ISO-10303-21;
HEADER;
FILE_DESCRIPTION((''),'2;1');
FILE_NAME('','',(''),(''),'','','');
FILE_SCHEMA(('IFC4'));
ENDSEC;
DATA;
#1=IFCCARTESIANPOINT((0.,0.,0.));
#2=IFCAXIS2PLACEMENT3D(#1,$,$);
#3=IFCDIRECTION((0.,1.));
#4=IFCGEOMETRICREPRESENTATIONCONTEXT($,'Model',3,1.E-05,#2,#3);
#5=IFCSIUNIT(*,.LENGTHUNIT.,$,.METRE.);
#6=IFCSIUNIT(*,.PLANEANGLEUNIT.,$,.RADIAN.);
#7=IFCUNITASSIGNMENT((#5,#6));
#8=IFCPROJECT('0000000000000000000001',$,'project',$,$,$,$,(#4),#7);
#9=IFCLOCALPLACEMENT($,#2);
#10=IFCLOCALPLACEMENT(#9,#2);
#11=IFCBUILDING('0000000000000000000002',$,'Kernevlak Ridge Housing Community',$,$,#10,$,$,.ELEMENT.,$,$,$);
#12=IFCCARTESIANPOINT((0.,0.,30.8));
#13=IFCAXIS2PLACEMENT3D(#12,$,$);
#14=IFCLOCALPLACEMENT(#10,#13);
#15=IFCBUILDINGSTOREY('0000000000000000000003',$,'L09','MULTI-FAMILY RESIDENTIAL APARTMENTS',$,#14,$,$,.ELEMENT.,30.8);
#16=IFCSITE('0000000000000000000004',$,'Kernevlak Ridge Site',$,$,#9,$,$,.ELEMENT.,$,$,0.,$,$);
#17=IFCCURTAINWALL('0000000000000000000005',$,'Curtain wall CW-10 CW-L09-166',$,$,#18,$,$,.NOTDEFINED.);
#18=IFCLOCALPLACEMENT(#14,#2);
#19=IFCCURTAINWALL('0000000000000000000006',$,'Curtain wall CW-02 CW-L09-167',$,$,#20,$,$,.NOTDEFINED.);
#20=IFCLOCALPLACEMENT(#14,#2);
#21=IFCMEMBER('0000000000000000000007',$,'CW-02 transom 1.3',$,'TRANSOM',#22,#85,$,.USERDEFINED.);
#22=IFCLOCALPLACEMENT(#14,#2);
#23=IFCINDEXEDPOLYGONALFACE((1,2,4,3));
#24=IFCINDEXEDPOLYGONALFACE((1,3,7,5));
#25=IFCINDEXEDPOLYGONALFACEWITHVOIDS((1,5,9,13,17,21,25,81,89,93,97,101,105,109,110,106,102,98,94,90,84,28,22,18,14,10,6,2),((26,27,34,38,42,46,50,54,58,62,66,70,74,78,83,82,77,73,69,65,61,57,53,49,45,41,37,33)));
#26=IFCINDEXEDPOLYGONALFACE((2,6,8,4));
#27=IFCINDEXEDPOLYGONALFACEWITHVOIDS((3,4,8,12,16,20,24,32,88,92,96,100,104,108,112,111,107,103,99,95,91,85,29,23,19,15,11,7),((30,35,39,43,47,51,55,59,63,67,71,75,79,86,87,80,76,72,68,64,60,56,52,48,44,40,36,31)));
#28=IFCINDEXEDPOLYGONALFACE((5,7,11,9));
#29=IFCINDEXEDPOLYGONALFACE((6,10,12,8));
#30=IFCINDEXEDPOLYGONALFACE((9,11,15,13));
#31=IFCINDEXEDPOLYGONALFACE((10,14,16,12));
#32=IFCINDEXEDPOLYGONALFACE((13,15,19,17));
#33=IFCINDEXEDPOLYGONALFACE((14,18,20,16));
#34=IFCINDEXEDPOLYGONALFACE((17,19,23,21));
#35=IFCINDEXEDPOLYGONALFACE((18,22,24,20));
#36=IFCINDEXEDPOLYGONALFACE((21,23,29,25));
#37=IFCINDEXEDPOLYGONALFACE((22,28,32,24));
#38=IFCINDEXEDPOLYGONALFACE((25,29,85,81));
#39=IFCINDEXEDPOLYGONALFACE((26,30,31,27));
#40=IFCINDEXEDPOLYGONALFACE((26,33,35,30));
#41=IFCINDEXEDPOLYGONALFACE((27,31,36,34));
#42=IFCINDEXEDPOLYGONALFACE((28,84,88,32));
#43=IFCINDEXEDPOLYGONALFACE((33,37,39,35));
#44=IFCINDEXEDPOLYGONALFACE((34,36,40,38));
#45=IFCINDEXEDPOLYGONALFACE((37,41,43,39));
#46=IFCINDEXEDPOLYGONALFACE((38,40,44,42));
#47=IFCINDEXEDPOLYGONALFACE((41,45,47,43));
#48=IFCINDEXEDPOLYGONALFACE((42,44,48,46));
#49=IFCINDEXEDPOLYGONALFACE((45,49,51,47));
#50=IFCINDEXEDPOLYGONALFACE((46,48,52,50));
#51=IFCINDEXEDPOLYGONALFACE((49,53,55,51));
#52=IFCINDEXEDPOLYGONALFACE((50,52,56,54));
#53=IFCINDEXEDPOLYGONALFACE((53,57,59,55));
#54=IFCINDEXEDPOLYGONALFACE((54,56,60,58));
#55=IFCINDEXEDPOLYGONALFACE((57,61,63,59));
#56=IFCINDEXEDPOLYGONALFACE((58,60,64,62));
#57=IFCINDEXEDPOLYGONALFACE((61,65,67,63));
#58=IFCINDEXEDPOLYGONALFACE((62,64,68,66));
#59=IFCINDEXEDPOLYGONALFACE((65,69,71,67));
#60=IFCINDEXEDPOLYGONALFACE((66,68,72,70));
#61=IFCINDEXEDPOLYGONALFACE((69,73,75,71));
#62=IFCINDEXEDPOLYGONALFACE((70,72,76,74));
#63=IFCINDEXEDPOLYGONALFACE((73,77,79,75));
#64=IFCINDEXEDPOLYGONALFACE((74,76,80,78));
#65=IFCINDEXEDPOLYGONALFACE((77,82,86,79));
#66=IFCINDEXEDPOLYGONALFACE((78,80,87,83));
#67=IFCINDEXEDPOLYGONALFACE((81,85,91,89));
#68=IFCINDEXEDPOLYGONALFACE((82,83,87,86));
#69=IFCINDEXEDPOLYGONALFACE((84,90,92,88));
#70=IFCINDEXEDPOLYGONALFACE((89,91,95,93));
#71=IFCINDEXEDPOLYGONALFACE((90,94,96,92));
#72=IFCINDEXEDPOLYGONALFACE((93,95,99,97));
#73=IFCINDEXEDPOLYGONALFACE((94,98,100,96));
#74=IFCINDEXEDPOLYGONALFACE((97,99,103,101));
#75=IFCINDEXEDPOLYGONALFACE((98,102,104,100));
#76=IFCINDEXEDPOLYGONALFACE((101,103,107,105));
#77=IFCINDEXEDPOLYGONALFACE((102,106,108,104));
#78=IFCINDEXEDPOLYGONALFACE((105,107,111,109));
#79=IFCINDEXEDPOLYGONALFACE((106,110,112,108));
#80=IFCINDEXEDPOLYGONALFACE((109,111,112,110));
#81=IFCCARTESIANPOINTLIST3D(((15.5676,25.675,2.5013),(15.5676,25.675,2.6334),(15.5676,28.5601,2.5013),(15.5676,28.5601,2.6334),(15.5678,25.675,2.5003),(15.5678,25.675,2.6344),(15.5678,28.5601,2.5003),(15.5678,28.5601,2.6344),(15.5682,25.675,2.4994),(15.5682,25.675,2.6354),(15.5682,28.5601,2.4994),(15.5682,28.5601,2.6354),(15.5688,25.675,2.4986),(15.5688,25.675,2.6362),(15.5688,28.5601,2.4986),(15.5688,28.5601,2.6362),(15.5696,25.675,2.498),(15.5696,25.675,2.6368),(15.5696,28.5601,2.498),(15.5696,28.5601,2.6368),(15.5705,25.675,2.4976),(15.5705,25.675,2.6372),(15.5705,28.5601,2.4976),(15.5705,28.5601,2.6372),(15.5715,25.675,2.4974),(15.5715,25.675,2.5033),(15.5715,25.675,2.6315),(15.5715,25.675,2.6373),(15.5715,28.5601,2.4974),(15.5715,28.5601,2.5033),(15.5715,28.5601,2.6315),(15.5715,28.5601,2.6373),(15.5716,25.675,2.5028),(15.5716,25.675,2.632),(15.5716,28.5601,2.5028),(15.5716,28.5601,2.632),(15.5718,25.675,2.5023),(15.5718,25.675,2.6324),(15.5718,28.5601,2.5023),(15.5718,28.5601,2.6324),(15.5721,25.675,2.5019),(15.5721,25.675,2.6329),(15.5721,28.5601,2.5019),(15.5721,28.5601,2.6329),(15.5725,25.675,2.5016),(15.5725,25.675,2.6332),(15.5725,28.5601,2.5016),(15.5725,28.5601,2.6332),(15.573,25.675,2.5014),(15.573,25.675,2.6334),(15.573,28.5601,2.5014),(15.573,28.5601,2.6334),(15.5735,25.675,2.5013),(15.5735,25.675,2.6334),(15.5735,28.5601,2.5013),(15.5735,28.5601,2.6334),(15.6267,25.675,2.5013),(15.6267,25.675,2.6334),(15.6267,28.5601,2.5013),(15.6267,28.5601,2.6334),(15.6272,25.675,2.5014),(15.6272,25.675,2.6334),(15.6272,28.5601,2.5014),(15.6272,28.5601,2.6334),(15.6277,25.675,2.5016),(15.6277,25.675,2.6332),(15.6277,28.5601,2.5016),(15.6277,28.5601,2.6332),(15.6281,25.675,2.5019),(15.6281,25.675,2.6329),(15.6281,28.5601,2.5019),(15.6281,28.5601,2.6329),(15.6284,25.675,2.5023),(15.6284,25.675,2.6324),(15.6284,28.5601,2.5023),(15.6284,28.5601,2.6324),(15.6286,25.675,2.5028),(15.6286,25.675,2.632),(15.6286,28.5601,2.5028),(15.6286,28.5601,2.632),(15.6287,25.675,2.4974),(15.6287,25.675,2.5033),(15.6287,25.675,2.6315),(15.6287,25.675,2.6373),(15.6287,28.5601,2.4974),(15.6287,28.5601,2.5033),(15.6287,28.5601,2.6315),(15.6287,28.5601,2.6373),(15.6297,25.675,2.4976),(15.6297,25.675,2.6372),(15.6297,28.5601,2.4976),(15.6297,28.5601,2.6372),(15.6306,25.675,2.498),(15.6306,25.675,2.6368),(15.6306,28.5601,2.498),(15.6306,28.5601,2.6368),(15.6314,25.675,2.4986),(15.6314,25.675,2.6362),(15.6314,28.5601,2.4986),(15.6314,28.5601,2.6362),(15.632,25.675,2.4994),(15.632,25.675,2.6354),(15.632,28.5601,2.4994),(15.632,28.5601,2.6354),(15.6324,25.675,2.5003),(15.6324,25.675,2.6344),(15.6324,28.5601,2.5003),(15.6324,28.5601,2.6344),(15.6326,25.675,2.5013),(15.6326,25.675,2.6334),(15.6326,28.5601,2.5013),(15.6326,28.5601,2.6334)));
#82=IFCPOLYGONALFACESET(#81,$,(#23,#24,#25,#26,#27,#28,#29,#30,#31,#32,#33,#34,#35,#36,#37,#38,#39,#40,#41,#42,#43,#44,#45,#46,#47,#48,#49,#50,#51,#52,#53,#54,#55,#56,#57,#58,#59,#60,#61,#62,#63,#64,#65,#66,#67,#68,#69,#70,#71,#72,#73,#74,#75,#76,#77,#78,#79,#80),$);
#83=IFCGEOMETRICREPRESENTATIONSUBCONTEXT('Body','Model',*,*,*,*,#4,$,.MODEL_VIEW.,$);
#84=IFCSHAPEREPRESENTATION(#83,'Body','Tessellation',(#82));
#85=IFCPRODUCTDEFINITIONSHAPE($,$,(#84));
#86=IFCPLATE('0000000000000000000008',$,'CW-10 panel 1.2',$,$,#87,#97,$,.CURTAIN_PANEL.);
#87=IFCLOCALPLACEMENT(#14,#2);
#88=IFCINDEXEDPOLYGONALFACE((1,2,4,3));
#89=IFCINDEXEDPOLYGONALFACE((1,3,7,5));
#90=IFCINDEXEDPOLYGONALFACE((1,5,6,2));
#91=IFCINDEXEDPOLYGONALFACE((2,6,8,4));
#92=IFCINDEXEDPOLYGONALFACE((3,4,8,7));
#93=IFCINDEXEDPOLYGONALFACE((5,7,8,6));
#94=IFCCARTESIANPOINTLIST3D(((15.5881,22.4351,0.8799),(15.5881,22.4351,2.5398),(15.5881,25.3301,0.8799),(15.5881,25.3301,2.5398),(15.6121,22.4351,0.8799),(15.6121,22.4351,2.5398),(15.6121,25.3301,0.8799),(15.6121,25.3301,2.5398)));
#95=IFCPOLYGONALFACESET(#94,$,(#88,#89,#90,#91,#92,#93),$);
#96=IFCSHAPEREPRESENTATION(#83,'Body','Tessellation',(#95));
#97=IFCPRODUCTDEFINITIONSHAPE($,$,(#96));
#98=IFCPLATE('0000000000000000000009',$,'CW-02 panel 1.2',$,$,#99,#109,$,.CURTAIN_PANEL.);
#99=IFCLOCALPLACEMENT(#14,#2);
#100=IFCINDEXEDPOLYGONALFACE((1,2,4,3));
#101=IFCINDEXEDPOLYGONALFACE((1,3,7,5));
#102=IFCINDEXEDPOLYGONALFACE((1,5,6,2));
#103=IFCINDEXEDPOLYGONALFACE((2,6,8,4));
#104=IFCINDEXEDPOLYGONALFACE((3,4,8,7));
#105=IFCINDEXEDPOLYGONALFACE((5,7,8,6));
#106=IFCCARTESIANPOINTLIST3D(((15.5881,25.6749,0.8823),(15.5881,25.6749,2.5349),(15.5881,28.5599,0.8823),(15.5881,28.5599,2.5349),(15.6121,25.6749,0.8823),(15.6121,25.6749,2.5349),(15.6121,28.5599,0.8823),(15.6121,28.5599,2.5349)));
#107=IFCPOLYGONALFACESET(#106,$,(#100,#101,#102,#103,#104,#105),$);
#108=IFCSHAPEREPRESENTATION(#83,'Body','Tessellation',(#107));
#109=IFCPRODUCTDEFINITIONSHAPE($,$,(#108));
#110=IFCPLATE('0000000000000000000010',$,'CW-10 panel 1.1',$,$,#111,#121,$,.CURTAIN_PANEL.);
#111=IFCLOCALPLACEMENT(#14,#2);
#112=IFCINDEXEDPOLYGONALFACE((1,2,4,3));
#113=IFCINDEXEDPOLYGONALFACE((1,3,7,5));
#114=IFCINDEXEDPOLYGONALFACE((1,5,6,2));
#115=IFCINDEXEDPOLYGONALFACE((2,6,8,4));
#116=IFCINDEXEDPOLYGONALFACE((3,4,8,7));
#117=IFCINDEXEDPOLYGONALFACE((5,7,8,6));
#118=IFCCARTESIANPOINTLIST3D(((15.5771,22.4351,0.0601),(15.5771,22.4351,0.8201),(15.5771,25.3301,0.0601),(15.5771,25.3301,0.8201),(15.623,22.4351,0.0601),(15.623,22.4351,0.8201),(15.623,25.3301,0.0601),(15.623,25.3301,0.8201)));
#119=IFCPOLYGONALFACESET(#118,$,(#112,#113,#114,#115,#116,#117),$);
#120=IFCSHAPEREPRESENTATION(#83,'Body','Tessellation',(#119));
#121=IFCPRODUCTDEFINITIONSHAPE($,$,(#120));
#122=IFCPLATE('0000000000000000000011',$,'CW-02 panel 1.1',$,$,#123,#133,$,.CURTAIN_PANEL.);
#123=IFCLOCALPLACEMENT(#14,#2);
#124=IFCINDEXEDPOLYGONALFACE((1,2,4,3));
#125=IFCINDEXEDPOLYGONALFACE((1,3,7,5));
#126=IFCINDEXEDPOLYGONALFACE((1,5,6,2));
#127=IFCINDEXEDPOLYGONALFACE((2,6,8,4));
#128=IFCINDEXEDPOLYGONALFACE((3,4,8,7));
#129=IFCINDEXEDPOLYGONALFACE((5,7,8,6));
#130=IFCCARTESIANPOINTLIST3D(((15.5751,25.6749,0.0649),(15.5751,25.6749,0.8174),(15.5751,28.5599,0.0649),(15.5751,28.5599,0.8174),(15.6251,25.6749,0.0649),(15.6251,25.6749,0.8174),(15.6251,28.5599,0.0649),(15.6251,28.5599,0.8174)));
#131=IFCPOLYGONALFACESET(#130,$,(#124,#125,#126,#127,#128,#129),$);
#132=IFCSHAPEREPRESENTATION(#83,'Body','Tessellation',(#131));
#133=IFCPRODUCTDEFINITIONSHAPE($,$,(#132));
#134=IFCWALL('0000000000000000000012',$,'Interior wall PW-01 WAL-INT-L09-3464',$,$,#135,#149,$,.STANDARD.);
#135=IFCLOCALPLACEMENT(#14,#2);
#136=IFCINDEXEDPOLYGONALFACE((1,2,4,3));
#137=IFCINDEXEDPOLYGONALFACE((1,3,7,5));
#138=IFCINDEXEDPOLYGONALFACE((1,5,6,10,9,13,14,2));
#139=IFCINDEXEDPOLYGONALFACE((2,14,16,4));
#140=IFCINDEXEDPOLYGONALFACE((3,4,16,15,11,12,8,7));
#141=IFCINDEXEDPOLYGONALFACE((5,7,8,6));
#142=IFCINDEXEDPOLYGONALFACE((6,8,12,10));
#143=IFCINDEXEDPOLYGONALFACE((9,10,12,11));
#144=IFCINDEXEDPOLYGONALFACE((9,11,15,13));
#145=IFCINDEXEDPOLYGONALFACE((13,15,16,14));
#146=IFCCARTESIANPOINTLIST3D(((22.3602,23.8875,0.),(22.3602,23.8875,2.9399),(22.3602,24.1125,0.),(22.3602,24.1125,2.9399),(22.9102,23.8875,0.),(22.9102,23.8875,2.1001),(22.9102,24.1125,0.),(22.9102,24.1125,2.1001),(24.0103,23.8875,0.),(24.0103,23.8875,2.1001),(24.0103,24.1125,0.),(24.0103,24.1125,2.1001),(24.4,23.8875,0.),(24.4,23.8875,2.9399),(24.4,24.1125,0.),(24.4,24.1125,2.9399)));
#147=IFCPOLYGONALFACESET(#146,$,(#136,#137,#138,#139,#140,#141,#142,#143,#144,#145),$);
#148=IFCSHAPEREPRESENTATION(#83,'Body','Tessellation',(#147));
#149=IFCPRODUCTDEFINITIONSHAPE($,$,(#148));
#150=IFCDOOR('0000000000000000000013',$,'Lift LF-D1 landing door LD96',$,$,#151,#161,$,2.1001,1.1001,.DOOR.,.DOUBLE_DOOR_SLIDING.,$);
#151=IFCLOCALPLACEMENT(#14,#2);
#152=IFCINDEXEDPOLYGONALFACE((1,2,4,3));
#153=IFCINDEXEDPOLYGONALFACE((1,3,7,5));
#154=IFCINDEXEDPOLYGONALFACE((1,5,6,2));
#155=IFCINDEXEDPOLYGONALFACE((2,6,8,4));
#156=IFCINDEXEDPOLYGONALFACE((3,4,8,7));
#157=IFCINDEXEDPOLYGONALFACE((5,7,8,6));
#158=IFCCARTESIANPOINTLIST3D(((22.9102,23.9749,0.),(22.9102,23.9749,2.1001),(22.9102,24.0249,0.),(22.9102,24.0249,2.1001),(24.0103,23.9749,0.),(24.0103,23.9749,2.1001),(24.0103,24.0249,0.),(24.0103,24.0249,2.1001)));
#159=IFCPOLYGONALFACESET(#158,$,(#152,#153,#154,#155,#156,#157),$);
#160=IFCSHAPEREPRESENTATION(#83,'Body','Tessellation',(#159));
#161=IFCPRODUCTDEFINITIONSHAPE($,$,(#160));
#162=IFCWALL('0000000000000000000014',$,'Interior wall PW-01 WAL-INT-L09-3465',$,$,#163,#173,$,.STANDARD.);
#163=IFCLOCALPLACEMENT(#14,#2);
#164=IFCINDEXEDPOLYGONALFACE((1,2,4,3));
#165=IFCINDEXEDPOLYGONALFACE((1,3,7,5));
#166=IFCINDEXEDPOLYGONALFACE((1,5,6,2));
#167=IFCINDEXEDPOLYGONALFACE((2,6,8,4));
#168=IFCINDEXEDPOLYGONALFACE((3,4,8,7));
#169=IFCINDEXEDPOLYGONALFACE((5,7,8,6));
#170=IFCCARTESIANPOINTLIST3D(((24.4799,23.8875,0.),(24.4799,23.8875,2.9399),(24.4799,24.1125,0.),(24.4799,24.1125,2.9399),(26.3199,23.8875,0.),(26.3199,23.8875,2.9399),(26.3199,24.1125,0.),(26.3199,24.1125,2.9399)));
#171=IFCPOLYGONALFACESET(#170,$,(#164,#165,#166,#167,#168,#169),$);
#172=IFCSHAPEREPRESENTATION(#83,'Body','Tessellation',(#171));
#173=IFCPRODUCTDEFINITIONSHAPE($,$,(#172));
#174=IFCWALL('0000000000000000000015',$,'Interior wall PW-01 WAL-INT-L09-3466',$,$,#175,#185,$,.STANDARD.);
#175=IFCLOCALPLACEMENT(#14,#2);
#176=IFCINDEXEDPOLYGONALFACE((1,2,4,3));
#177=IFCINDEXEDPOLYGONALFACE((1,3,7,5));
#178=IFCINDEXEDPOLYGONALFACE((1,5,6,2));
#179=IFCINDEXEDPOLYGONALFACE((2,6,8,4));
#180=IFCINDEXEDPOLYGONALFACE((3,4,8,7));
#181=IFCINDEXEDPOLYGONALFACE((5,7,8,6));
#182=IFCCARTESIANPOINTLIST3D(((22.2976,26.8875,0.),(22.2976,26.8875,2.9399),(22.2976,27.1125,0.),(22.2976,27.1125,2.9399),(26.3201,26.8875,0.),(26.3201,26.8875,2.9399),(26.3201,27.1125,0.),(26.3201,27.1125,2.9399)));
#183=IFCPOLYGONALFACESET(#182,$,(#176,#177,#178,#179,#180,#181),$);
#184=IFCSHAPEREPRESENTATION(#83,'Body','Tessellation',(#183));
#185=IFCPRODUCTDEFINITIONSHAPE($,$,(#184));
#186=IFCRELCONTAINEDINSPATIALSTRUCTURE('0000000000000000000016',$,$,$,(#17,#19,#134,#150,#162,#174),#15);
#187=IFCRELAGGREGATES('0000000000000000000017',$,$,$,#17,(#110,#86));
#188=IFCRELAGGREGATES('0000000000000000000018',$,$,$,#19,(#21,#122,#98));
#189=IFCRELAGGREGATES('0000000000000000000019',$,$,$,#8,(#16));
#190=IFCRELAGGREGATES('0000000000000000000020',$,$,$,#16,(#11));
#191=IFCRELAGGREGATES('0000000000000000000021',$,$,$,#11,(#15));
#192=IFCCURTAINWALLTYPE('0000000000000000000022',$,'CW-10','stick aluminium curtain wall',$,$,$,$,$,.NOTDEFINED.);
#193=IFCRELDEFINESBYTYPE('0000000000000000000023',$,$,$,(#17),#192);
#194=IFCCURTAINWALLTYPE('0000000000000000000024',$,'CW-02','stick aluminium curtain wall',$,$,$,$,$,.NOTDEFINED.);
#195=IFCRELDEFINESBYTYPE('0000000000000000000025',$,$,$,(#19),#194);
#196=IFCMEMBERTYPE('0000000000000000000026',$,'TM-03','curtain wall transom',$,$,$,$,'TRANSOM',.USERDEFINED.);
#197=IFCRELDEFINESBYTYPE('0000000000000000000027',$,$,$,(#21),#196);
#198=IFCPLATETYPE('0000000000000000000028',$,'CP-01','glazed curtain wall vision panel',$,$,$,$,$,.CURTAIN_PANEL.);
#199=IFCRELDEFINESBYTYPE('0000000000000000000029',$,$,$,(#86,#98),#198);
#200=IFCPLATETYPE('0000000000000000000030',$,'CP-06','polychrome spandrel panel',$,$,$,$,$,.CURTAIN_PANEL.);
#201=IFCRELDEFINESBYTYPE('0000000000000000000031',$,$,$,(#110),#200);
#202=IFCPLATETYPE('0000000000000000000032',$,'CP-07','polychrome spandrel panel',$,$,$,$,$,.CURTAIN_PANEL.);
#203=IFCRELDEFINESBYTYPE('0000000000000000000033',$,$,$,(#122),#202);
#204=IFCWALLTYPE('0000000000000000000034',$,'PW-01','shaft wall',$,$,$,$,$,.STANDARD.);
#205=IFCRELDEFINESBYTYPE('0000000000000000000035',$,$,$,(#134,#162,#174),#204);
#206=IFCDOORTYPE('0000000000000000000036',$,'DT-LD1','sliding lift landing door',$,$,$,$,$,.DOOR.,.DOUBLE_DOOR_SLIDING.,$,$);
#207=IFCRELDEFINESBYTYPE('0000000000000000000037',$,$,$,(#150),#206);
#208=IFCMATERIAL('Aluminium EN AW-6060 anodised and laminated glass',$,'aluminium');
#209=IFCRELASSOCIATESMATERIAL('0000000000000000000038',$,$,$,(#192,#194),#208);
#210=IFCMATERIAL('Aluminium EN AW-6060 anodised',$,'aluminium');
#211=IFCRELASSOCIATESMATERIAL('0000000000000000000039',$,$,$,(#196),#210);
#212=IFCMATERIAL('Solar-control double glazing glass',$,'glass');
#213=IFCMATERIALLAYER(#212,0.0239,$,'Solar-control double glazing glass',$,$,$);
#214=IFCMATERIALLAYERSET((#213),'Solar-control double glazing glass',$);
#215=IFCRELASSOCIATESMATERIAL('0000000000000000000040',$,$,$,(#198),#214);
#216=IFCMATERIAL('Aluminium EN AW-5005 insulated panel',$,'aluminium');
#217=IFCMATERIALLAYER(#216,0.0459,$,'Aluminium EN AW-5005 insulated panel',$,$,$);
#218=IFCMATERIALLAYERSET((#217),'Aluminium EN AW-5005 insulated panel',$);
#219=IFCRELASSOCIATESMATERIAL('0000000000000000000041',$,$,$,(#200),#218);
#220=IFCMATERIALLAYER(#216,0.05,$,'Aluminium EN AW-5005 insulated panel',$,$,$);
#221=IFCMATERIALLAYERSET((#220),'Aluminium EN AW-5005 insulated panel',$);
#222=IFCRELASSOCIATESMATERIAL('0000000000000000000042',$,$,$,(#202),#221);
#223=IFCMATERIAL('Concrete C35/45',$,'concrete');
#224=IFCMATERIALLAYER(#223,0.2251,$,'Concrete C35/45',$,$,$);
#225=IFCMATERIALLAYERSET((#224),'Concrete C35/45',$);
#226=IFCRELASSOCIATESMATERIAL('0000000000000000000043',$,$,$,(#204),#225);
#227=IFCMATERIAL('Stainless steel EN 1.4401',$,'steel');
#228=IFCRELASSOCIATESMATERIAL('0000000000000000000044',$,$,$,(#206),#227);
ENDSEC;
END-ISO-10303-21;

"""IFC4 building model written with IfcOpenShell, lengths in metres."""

from ifc_helpers import new_model, si_unit, direction, frame, frame_2d, origin, origin_2d, place, context, subcontext, project, spatial, rectangle, hollow_rectangle, extrude, material, layer, layer_set, material_profile, profile_set, type_object, element, fill, aggregate, save


model = new_model("IFC4")

# Units and contexts
model_context = context("Model", 3, precision=1e-05, world=origin(), true_north=direction((0.0, 1.0)))
body_context = subcontext(model_context, "Body", "Model", "MODEL_VIEW")
ifc_project = project(units=[si_unit("LENGTHUNIT", "METRE"), si_unit("PLANEANGLEUNIT", "RADIAN")], contexts=[model_context])

# Site, building, storey
site_placement = place(None, origin())
site = spatial("IfcSite", under=ifc_project, at=site_placement, Name="Kernevlak Ridge Site", CompositionType="ELEMENT", RefElevation=0.0)
building_placement = place(site_placement, origin())
building = spatial("IfcBuilding", under=site, at=building_placement, Name="Kernevlak Ridge Housing Community", CompositionType="ELEMENT")
storey_placement = place(building_placement, frame((0.0, 0.0, 30.8)))
storey = spatial("IfcBuildingStorey", under=building, at=storey_placement, Name="L09", Description="MULTI-FAMILY RESIDENTIAL APARTMENTS", CompositionType="ELEMENT", Elevation=30.8)

# Shared definitions
ifc_material_1 = material(Name="Concrete C35/45", Category="concrete")

# Curtain wall
ifc_material_2 = material(Name="Aluminium EN AW-6060 anodised and laminated glass", Category="aluminium")
curtain_wall_type_1 = type_object("IfcCurtainWallType", Name="CW-10", Description="stick aluminium curtain wall", PredefinedType="NOTDEFINED", material=ifc_material_2)
curtain_wall_1_placement = place(storey_placement, origin())
curtain_wall_1 = element("IfcCurtainWall", 1, at=curtain_wall_1_placement, inside=storey, type_object=curtain_wall_type_1, Name="Curtain wall CW-10 CW-L09-166", PredefinedType="NOTDEFINED")
ifc_material_3 = material(Name="Aluminium EN AW-6060 anodised", Category="aluminium")

# Curtain wall
curtain_wall_type_2 = type_object("IfcCurtainWallType", Name="CW-02", Description="stick aluminium curtain wall", PredefinedType="NOTDEFINED", material=ifc_material_2)
curtain_wall_2_placement = place(storey_placement, origin())
curtain_wall_2 = element("IfcCurtainWall", 2, at=curtain_wall_2_placement, inside=storey, type_object=curtain_wall_type_2, Name="Curtain wall CW-02 CW-L09-167", PredefinedType="NOTDEFINED")

# Member
ifc_material_profile_1 = material_profile(ifc_material_3, hollow_rectangle(XDim=0.0649, YDim=0.1399, WallThickness=0.0039, InnerFilletRadius=0.002, OuterFilletRadius=0.0039, at=origin_2d()), Name="ALU 65x140x4")
ifc_profile_set_1 = profile_set([ifc_material_profile_1], Name="Aluminium EN AW-6060 anodised")
member_type_1 = type_object("IfcMemberType", Name="TM-03", Description="curtain wall transom", ElementType="TRANSOM", PredefinedType="USERDEFINED", material=ifc_profile_set_1)
member_1_placement = place(storey_placement, frame((15.6001, 25.675, 2.5674), z_axis=(0.0, 1.0, 0.0), x_axis=(-1.0, 0.0, 0.0)))
member_1 = element("IfcMember", 3, at=member_1_placement, type_object=member_type_1, Name="CW-02 transom 1.3", ObjectType="TRANSOM", PredefinedType="USERDEFINED", context=body_context, shape_type="SweptSolid", body=[
    extrude(hollow_rectangle(XDim=0.0649, YDim=0.1399, WallThickness=0.0039, InnerFilletRadius=0.002, OuterFilletRadius=0.0039, at=origin_2d()), origin(), (0.0, 0.0, 1.0), 2.885),
])

# Plates
ifc_material_4 = material(Name="Solar-control double glazing glass", Category="glass")
ifc_layer_1 = layer(ifc_material_4, 0.0239, Name="Solar-control double glazing glass")
ifc_layer_set_1 = layer_set([ifc_layer_1], Name="Solar-control double glazing glass")
plate_type_1 = type_object("IfcPlateType", Name="CP-01", Description="glazed curtain wall vision panel", PredefinedType="CURTAIN_PANEL", material=ifc_layer_set_1)
plate_1_placement = place(storey_placement, frame((15.6001, 23.8826, 0.8799), z_axis=(0.0, 0.0, 1.0), x_axis=(0.0, 1.0, 0.0)))
plate_1 = element("IfcPlate", 4, at=plate_1_placement, type_object=plate_type_1, Name="CW-10 panel 1.2", PredefinedType="CURTAIN_PANEL", context=body_context, shape_type="SweptSolid", body=[
    extrude(rectangle(XDim=2.895, YDim=0.0239, at=origin_2d()), origin(), (0.0, 0.0, 1.0), 1.6599),
])
plate_2_placement = place(storey_placement, frame((15.6001, 27.1174, 0.8823), z_axis=(0.0, 0.0, 1.0), x_axis=(0.0, 1.0, 0.0)))
plate_2 = element("IfcPlate", 5, at=plate_2_placement, type_object=plate_type_1, Name="CW-02 panel 1.2", PredefinedType="CURTAIN_PANEL", context=body_context, shape_type="SweptSolid", body=[
    extrude(rectangle(XDim=2.885, YDim=0.0239, at=origin_2d()), origin(), (0.0, 0.0, 1.0), 1.6526),
])
ifc_material_5 = material(Name="Aluminium EN AW-5005 insulated panel", Category="aluminium")
ifc_layer_2 = layer(ifc_material_5, 0.0459, Name="Aluminium EN AW-5005 insulated panel")
ifc_layer_set_2 = layer_set([ifc_layer_2], Name="Aluminium EN AW-5005 insulated panel")
plate_type_2 = type_object("IfcPlateType", Name="CP-06", Description="polychrome spandrel panel", PredefinedType="CURTAIN_PANEL", material=ifc_layer_set_2)
plate_3_placement = place(storey_placement, frame((15.6001, 23.8826, 0.0601), z_axis=(0.0, 0.0, 1.0), x_axis=(0.0, 1.0, 0.0)))
plate_3 = element("IfcPlate", 6, at=plate_3_placement, type_object=plate_type_2, Name="CW-10 panel 1.1", PredefinedType="CURTAIN_PANEL", context=body_context, shape_type="SweptSolid", body=[
    extrude(rectangle(XDim=2.895, YDim=0.0459, at=origin_2d()), origin(), (0.0, 0.0, 1.0), 0.76),
])
aggregate(curtain_wall_1, [plate_3, plate_1])
ifc_layer_3 = layer(ifc_material_5, 0.05, Name="Aluminium EN AW-5005 insulated panel")
ifc_layer_set_3 = layer_set([ifc_layer_3], Name="Aluminium EN AW-5005 insulated panel")
plate_type_3 = type_object("IfcPlateType", Name="CP-07", Description="polychrome spandrel panel", PredefinedType="CURTAIN_PANEL", material=ifc_layer_set_3)
plate_4_placement = place(storey_placement, frame((15.6001, 27.1174, 0.0649), z_axis=(0.0, 0.0, 1.0), x_axis=(0.0, 1.0, 0.0)))
plate_4 = element("IfcPlate", 7, at=plate_4_placement, type_object=plate_type_3, Name="CW-02 panel 1.1", PredefinedType="CURTAIN_PANEL", context=body_context, shape_type="SweptSolid", body=[
    extrude(rectangle(XDim=2.885, YDim=0.05, at=origin_2d()), origin(), (0.0, 0.0, 1.0), 0.7524),
])
aggregate(curtain_wall_2, [member_1, plate_4, plate_2])

# Wall, opening, door
ifc_layer_4 = layer(ifc_material_1, 0.2251, Name="Concrete C35/45")
ifc_layer_set_4 = layer_set([ifc_layer_4], Name="Concrete C35/45")
wall_type_1 = type_object("IfcWallType", Name="PW-01", Description="shaft wall", PredefinedType="STANDARD", material=ifc_layer_set_4)
wall_1_placement = place(storey_placement, frame((22.3601, 24.0, 0.0), z_axis=(0.0, 0.0, 1.0), x_axis=(1.0, 0.0, 0.0)))
wall_1 = element("IfcWall", 8, at=wall_1_placement, inside=storey, type_object=wall_type_1, Name="Interior wall PW-01 WAL-INT-L09-3464", PredefinedType="STANDARD", context=body_context, shape_type="SweptSolid", body=[
    extrude(rectangle(XDim=2.0398, YDim=0.2251, at=frame_2d((1.02, 0.0))), origin(), (0.0, 0.0, 1.0), 2.9399),
])
opening_1_placement = place(wall_1_placement, frame((0.55, 0.0, 0.0)))
opening_1 = element("IfcOpeningElement", 9, at=opening_1_placement, cuts=wall_1, PredefinedType="OPENING", context=body_context, shape_type="SweptSolid", body=[
    extrude(rectangle(XDim=1.1001, YDim=2.1001, at=frame_2d((0.55, 1.05))), frame((0.0, 0.1226, 0.0), z_axis=(0.0, -1.0, 0.0), x_axis=(1.0, 0.0, 0.0)), (0.0, 0.0, 1.0), 0.2451),
])
ifc_material_6 = material(Name="Stainless steel EN 1.4401", Category="steel")
door_type_1 = type_object("IfcDoorType", Name="DT-LD1", Description="sliding lift landing door", OperationType="DOUBLE_DOOR_SLIDING", PredefinedType="DOOR", material=ifc_material_6)
door_1_placement = place(opening_1_placement, origin())
door_1 = element("IfcDoor", 10, at=door_1_placement, inside=storey, type_object=door_type_1, Name="Lift LF-D1 landing door LD96", OperationType="DOUBLE_DOOR_SLIDING", OverallHeight=2.1001, OverallWidth=1.1001, PredefinedType="DOOR", context=body_context, shape_type="SweptSolid", body=[
    extrude(rectangle(XDim=1.1001, YDim=2.1001, at=frame_2d((0.55, 1.05))), frame((0.0, 0.0249, 0.0), z_axis=(0.0, -1.0, 0.0), x_axis=(1.0, 0.0, 0.0)), (0.0, 0.0, 1.0), 0.05),
])
fill(opening_1, door_1)

# Walls
wall_2_placement = place(storey_placement, frame((24.48, 24.0, 0.0), z_axis=(0.0, 0.0, 1.0), x_axis=(1.0, 0.0, 0.0)))
element("IfcWall", 11, at=wall_2_placement, inside=storey, type_object=wall_type_1, Name="Interior wall PW-01 WAL-INT-L09-3465", PredefinedType="STANDARD", context=body_context, shape_type="SweptSolid", body=[
    extrude(rectangle(XDim=1.8401, YDim=0.2251, at=frame_2d((0.9199, 0.0))), origin(), (0.0, 0.0, 1.0), 2.9399),
])
wall_3_placement = place(storey_placement, frame((22.2976, 27.0, 0.0), z_axis=(0.0, 0.0, 1.0), x_axis=(1.0, 0.0, 0.0)))
element("IfcWall", 12, at=wall_3_placement, inside=storey, type_object=wall_type_1, Name="Interior wall PW-01 WAL-INT-L09-3466", PredefinedType="STANDARD", context=body_context, shape_type="SweptSolid", body=[
    extrude(rectangle(XDim=4.0225, YDim=0.2251, at=frame_2d((2.0112, 0.0))), origin(), (0.0, 0.0, 1.0), 2.9399),
])

save(model, "model.ifc")
